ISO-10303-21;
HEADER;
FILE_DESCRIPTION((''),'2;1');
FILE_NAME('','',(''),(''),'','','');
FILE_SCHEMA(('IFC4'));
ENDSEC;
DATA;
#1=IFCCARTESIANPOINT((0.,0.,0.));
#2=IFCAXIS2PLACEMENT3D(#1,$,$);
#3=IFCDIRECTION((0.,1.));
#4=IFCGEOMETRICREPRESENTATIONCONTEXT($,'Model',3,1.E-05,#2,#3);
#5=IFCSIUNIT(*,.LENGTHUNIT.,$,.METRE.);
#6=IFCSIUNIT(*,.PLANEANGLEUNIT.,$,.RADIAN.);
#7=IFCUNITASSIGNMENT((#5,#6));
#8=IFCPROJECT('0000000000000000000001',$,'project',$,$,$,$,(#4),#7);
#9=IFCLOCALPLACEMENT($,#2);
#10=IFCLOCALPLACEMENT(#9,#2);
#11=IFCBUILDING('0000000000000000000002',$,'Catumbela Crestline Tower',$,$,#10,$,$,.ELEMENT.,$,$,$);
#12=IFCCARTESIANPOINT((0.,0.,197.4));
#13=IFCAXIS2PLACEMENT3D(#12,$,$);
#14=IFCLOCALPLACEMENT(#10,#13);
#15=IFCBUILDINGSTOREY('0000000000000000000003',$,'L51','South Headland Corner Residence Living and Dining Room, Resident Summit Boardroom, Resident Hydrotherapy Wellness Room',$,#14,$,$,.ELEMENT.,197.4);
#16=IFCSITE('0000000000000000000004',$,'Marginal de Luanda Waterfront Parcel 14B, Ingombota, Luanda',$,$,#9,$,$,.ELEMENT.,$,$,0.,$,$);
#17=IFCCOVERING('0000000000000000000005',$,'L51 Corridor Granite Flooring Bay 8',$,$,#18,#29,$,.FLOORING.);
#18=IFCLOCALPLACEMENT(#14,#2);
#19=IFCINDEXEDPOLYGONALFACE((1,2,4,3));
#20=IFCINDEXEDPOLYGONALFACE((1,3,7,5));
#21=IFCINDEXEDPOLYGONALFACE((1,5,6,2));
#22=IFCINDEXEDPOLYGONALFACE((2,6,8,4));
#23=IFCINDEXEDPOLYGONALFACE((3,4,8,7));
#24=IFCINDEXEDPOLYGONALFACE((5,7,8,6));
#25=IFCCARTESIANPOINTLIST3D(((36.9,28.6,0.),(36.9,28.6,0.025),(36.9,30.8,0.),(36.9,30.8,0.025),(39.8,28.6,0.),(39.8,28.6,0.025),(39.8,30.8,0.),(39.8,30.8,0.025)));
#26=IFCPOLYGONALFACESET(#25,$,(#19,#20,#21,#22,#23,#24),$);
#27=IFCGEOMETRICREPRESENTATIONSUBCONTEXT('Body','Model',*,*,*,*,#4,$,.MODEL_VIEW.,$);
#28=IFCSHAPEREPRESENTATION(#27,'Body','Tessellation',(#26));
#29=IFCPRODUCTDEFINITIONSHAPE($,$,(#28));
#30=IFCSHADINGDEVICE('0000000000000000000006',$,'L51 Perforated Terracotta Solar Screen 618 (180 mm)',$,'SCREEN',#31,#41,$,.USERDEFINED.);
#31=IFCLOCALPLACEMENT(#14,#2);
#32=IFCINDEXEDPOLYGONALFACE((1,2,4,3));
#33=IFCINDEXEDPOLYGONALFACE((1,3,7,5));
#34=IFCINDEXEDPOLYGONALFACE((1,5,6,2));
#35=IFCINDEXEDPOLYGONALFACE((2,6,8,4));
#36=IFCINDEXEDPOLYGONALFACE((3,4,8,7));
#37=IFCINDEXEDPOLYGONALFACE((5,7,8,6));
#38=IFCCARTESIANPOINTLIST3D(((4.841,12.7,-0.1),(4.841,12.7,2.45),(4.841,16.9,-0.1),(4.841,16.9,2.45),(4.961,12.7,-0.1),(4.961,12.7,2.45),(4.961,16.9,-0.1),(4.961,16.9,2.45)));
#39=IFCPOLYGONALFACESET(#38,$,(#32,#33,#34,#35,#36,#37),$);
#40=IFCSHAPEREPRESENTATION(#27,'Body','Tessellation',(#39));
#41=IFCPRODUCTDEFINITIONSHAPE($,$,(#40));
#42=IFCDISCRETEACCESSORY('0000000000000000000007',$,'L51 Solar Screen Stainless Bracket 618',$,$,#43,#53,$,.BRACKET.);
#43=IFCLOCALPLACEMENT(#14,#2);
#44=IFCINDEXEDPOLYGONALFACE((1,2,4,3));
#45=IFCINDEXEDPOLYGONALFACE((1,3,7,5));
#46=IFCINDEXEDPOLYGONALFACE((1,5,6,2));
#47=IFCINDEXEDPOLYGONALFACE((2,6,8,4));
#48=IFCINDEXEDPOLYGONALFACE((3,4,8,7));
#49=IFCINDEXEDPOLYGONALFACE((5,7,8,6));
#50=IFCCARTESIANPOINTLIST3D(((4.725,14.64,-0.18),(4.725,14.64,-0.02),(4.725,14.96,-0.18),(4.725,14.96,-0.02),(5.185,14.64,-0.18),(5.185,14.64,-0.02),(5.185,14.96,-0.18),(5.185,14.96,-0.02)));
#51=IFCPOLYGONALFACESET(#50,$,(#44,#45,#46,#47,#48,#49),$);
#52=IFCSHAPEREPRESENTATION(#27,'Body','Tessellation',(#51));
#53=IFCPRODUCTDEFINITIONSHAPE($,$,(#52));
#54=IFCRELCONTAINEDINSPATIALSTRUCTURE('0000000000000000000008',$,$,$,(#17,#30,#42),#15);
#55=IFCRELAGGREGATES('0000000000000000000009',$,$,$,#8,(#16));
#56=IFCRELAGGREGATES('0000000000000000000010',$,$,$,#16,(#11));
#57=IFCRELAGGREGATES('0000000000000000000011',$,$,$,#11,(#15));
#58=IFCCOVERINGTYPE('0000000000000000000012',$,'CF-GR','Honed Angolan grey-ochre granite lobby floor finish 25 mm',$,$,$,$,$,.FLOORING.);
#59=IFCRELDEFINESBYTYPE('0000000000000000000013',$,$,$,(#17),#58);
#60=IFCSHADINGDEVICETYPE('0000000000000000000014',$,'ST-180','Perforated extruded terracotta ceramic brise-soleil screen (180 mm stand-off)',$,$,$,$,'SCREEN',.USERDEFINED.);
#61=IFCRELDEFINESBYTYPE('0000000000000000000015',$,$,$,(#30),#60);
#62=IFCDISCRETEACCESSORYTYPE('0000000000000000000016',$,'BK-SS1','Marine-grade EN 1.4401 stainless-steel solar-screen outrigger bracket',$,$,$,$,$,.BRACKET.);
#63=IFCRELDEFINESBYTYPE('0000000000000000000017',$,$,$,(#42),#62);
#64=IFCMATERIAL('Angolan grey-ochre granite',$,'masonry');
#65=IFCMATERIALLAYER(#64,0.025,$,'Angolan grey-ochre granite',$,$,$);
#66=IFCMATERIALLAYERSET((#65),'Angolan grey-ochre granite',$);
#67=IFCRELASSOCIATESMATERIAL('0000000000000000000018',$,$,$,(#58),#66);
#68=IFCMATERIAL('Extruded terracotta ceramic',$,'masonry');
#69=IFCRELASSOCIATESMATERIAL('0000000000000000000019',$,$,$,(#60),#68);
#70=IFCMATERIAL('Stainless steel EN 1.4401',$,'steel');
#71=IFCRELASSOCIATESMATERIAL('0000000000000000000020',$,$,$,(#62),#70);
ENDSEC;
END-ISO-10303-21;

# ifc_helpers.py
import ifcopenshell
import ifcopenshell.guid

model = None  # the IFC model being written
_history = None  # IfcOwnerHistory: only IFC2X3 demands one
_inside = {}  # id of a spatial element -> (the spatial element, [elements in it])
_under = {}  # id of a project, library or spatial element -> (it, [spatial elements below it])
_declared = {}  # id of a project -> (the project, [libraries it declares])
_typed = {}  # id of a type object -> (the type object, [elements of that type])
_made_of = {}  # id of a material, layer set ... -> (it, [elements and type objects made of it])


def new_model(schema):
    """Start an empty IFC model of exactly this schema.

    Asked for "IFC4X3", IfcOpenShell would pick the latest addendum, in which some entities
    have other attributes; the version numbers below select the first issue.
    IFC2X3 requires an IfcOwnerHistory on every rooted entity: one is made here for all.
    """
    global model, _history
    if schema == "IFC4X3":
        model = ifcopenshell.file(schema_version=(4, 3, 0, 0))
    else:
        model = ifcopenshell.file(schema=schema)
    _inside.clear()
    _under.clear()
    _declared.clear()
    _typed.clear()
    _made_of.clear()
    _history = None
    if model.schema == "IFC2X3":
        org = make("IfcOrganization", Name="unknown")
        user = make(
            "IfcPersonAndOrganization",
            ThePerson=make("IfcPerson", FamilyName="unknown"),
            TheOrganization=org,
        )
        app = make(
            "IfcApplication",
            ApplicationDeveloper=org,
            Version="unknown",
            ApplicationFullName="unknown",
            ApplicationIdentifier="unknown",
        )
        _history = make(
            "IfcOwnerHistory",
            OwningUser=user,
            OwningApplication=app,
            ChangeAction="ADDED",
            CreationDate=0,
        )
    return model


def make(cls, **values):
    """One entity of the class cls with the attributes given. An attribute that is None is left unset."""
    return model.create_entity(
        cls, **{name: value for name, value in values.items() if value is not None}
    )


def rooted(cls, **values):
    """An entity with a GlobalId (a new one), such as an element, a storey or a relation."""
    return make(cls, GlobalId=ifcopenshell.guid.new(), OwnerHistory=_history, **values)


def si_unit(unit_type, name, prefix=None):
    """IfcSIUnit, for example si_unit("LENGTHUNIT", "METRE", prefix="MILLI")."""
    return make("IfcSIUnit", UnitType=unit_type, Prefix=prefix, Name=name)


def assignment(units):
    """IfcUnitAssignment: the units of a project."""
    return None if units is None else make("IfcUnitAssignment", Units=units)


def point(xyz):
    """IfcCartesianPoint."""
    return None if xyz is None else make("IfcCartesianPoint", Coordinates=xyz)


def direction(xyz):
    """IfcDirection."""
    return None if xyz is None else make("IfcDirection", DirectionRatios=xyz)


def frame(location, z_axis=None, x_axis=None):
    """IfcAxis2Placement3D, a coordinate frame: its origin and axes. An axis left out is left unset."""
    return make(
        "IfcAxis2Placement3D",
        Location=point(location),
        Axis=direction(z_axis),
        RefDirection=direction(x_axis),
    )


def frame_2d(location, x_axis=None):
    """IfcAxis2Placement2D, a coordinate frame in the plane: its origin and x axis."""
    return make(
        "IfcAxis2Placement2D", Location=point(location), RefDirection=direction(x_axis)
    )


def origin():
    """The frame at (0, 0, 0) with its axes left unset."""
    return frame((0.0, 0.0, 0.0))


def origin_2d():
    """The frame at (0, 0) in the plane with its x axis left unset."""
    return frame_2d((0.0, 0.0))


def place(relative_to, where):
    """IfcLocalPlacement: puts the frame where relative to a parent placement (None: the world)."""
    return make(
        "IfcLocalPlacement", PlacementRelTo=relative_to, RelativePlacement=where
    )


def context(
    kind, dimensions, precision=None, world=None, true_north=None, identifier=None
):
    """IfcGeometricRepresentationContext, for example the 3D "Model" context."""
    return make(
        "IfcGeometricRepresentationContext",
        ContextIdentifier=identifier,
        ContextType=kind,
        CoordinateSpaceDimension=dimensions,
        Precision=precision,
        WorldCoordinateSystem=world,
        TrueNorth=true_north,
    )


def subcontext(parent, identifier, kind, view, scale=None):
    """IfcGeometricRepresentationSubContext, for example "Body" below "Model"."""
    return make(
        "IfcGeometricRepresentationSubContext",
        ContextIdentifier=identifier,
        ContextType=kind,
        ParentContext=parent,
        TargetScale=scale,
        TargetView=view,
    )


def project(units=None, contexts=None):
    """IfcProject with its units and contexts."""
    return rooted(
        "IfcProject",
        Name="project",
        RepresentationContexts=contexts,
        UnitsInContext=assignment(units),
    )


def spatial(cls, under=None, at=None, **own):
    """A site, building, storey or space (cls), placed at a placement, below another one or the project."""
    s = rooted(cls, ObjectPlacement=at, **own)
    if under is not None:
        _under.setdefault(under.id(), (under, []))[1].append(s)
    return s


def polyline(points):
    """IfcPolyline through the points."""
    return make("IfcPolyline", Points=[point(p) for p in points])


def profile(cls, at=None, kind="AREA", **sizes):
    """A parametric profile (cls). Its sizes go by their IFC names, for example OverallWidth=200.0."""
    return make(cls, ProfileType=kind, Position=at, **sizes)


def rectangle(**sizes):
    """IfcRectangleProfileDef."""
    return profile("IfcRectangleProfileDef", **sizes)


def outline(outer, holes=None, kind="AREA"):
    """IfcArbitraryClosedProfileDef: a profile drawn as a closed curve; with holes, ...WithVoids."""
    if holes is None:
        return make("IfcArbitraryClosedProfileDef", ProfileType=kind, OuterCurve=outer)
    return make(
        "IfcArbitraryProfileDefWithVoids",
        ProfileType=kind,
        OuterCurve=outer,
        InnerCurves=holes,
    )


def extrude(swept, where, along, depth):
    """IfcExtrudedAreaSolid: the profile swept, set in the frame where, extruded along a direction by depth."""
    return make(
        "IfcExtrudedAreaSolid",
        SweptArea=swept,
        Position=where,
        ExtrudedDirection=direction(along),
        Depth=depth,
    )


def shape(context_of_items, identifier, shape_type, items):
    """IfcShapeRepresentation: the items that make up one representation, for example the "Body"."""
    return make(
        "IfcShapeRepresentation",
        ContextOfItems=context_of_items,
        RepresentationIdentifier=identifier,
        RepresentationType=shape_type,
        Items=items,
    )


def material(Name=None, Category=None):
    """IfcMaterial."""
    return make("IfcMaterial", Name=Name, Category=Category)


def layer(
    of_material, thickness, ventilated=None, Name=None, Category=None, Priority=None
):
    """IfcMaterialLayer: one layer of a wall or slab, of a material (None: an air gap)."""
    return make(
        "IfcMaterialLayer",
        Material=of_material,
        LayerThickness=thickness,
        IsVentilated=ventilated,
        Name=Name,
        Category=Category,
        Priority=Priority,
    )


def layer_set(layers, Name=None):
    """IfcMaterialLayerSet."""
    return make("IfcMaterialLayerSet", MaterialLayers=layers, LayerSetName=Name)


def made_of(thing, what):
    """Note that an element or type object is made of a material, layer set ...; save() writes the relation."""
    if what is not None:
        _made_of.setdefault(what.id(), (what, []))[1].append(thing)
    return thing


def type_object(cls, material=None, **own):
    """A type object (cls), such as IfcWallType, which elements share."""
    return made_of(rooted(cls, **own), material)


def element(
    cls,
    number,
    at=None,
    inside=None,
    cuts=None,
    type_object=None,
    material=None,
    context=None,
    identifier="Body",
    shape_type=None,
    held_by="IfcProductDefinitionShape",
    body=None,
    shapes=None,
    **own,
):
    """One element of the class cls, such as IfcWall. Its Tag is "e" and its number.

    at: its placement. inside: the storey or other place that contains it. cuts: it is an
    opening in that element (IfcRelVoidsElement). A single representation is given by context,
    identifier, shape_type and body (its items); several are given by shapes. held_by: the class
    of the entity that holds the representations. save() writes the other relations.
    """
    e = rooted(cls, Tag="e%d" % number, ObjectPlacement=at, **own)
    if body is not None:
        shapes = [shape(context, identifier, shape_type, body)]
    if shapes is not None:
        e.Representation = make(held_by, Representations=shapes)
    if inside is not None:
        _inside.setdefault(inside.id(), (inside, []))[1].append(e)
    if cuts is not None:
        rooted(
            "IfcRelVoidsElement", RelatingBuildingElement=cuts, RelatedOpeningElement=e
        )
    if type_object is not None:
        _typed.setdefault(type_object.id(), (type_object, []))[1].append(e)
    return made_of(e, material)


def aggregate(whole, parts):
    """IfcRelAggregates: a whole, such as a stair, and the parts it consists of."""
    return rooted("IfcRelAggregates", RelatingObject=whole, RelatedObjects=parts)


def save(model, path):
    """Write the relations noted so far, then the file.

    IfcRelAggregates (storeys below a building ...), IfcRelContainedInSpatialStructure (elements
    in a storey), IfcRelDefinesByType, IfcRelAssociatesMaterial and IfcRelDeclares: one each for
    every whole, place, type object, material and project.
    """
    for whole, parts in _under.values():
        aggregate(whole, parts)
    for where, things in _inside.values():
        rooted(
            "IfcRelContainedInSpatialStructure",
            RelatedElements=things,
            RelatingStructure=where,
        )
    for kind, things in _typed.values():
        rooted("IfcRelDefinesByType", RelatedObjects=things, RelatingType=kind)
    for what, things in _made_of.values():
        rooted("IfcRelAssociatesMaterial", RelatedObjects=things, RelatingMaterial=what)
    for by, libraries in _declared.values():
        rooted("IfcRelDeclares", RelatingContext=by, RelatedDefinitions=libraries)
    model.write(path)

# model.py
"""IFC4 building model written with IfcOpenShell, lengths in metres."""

from ifc_helpers import new_model, si_unit, direction, frame, origin, origin_2d, place, context, subcontext, project, spatial, polyline, rectangle, outline, extrude, material, layer, layer_set, type_object, element, save


model = new_model("IFC4")

# Units and contexts
model_context = context("Model", 3, precision=1e-05, world=origin(), true_north=direction((0.0, 1.0)))
body_context = subcontext(model_context, "Body", "Model", "MODEL_VIEW")
ifc_project = project(units=[si_unit("LENGTHUNIT", "METRE"), si_unit("PLANEANGLEUNIT", "RADIAN")], contexts=[model_context])

# Site, building, storey
site_placement = place(None, origin())
site = spatial("IfcSite", under=ifc_project, at=site_placement, Name="Marginal de Luanda Waterfront Parcel 14B, Ingombota, Luanda", CompositionType="ELEMENT", RefElevation=0.0)
building_placement = place(site_placement, origin())
building = spatial("IfcBuilding", under=site, at=building_placement, Name="Catumbela Crestline Tower", CompositionType="ELEMENT")
storey_placement = place(building_placement, frame((0.0, 0.0, 197.4)))
storey = spatial("IfcBuildingStorey", under=building, at=storey_placement, Name="L51", Description="South Headland Corner Residence Living and Dining Room, Resident Summit Boardroom, Resident Hydrotherapy Wellness Room", CompositionType="ELEMENT", Elevation=197.4)

# Shared definitions
ifc_material_1 = material(Name="Angolan grey-ochre granite", Category="masonry")

# Covering
ifc_layer_1 = layer(ifc_material_1, 0.025, Name="Angolan grey-ochre granite")
ifc_layer_set_1 = layer_set([ifc_layer_1], Name="Angolan grey-ochre granite")
covering_type_1 = type_object("IfcCoveringType", Name="CF-GR", Description="Honed Angolan grey-ochre granite lobby floor finish 25 mm", PredefinedType="FLOORING", material=ifc_layer_set_1)
covering_1_placement = place(storey_placement, origin())
element("IfcCovering", 1, at=covering_1_placement, inside=storey, type_object=covering_type_1, Name="L51 Corridor Granite Flooring Bay 8", PredefinedType="FLOORING", context=body_context, shape_type="SweptSolid", body=[
    extrude(outline(polyline([(36.9, 28.6), (39.8, 28.6), (39.8, 30.8), (36.9, 30.8), (36.9, 28.6)])), origin(), (0.0, 0.0, 1.0), 0.025),
])

# Shading device
ifc_material_2 = material(Name="Extruded terracotta ceramic", Category="masonry")
shading_device_type = type_object("IfcShadingDeviceType", Name="ST-180", Description="Perforated extruded terracotta ceramic brise-soleil screen (180 mm stand-off)", ElementType="SCREEN", PredefinedType="USERDEFINED", material=ifc_material_2)
shading_device_placement = place(storey_placement, frame((4.901, 14.8, -0.1), z_axis=(0.0, 0.0, 1.0), x_axis=(0.0, -1.0, 0.0)))
element("IfcShadingDevice", 2, at=shading_device_placement, inside=storey, type_object=shading_device_type, Name="L51 Perforated Terracotta Solar Screen 618 (180 mm)", ObjectType="SCREEN", PredefinedType="USERDEFINED", context=body_context, shape_type="SweptSolid", body=[
    extrude(rectangle(XDim=4.2, YDim=0.12, at=origin_2d()), origin(), (0.0, 0.0, 1.0), 2.55),
])

# Discrete accessory
ifc_material_3 = material(Name="Stainless steel EN 1.4401", Category="steel")
discrete_accessory_type = type_object("IfcDiscreteAccessoryType", Name="BK-SS1", Description="Marine-grade EN 1.4401 stainless-steel solar-screen outrigger bracket", PredefinedType="BRACKET", material=ifc_material_3)
discrete_accessory_placement = place(storey_placement, frame((4.955, 14.8, -0.18), z_axis=(0.0, 0.0, 1.0), x_axis=(0.0, -1.0, 0.0)))
element("IfcDiscreteAccessory", 3, at=discrete_accessory_placement, inside=storey, type_object=discrete_accessory_type, Name="L51 Solar Screen Stainless Bracket 618", PredefinedType="BRACKET", context=body_context, shape_type="SweptSolid", body=[
    extrude(rectangle(XDim=0.32, YDim=0.46, at=origin_2d()), origin(), (0.0, 0.0, 1.0), 0.16),
])

save(model, "model.ifc")
